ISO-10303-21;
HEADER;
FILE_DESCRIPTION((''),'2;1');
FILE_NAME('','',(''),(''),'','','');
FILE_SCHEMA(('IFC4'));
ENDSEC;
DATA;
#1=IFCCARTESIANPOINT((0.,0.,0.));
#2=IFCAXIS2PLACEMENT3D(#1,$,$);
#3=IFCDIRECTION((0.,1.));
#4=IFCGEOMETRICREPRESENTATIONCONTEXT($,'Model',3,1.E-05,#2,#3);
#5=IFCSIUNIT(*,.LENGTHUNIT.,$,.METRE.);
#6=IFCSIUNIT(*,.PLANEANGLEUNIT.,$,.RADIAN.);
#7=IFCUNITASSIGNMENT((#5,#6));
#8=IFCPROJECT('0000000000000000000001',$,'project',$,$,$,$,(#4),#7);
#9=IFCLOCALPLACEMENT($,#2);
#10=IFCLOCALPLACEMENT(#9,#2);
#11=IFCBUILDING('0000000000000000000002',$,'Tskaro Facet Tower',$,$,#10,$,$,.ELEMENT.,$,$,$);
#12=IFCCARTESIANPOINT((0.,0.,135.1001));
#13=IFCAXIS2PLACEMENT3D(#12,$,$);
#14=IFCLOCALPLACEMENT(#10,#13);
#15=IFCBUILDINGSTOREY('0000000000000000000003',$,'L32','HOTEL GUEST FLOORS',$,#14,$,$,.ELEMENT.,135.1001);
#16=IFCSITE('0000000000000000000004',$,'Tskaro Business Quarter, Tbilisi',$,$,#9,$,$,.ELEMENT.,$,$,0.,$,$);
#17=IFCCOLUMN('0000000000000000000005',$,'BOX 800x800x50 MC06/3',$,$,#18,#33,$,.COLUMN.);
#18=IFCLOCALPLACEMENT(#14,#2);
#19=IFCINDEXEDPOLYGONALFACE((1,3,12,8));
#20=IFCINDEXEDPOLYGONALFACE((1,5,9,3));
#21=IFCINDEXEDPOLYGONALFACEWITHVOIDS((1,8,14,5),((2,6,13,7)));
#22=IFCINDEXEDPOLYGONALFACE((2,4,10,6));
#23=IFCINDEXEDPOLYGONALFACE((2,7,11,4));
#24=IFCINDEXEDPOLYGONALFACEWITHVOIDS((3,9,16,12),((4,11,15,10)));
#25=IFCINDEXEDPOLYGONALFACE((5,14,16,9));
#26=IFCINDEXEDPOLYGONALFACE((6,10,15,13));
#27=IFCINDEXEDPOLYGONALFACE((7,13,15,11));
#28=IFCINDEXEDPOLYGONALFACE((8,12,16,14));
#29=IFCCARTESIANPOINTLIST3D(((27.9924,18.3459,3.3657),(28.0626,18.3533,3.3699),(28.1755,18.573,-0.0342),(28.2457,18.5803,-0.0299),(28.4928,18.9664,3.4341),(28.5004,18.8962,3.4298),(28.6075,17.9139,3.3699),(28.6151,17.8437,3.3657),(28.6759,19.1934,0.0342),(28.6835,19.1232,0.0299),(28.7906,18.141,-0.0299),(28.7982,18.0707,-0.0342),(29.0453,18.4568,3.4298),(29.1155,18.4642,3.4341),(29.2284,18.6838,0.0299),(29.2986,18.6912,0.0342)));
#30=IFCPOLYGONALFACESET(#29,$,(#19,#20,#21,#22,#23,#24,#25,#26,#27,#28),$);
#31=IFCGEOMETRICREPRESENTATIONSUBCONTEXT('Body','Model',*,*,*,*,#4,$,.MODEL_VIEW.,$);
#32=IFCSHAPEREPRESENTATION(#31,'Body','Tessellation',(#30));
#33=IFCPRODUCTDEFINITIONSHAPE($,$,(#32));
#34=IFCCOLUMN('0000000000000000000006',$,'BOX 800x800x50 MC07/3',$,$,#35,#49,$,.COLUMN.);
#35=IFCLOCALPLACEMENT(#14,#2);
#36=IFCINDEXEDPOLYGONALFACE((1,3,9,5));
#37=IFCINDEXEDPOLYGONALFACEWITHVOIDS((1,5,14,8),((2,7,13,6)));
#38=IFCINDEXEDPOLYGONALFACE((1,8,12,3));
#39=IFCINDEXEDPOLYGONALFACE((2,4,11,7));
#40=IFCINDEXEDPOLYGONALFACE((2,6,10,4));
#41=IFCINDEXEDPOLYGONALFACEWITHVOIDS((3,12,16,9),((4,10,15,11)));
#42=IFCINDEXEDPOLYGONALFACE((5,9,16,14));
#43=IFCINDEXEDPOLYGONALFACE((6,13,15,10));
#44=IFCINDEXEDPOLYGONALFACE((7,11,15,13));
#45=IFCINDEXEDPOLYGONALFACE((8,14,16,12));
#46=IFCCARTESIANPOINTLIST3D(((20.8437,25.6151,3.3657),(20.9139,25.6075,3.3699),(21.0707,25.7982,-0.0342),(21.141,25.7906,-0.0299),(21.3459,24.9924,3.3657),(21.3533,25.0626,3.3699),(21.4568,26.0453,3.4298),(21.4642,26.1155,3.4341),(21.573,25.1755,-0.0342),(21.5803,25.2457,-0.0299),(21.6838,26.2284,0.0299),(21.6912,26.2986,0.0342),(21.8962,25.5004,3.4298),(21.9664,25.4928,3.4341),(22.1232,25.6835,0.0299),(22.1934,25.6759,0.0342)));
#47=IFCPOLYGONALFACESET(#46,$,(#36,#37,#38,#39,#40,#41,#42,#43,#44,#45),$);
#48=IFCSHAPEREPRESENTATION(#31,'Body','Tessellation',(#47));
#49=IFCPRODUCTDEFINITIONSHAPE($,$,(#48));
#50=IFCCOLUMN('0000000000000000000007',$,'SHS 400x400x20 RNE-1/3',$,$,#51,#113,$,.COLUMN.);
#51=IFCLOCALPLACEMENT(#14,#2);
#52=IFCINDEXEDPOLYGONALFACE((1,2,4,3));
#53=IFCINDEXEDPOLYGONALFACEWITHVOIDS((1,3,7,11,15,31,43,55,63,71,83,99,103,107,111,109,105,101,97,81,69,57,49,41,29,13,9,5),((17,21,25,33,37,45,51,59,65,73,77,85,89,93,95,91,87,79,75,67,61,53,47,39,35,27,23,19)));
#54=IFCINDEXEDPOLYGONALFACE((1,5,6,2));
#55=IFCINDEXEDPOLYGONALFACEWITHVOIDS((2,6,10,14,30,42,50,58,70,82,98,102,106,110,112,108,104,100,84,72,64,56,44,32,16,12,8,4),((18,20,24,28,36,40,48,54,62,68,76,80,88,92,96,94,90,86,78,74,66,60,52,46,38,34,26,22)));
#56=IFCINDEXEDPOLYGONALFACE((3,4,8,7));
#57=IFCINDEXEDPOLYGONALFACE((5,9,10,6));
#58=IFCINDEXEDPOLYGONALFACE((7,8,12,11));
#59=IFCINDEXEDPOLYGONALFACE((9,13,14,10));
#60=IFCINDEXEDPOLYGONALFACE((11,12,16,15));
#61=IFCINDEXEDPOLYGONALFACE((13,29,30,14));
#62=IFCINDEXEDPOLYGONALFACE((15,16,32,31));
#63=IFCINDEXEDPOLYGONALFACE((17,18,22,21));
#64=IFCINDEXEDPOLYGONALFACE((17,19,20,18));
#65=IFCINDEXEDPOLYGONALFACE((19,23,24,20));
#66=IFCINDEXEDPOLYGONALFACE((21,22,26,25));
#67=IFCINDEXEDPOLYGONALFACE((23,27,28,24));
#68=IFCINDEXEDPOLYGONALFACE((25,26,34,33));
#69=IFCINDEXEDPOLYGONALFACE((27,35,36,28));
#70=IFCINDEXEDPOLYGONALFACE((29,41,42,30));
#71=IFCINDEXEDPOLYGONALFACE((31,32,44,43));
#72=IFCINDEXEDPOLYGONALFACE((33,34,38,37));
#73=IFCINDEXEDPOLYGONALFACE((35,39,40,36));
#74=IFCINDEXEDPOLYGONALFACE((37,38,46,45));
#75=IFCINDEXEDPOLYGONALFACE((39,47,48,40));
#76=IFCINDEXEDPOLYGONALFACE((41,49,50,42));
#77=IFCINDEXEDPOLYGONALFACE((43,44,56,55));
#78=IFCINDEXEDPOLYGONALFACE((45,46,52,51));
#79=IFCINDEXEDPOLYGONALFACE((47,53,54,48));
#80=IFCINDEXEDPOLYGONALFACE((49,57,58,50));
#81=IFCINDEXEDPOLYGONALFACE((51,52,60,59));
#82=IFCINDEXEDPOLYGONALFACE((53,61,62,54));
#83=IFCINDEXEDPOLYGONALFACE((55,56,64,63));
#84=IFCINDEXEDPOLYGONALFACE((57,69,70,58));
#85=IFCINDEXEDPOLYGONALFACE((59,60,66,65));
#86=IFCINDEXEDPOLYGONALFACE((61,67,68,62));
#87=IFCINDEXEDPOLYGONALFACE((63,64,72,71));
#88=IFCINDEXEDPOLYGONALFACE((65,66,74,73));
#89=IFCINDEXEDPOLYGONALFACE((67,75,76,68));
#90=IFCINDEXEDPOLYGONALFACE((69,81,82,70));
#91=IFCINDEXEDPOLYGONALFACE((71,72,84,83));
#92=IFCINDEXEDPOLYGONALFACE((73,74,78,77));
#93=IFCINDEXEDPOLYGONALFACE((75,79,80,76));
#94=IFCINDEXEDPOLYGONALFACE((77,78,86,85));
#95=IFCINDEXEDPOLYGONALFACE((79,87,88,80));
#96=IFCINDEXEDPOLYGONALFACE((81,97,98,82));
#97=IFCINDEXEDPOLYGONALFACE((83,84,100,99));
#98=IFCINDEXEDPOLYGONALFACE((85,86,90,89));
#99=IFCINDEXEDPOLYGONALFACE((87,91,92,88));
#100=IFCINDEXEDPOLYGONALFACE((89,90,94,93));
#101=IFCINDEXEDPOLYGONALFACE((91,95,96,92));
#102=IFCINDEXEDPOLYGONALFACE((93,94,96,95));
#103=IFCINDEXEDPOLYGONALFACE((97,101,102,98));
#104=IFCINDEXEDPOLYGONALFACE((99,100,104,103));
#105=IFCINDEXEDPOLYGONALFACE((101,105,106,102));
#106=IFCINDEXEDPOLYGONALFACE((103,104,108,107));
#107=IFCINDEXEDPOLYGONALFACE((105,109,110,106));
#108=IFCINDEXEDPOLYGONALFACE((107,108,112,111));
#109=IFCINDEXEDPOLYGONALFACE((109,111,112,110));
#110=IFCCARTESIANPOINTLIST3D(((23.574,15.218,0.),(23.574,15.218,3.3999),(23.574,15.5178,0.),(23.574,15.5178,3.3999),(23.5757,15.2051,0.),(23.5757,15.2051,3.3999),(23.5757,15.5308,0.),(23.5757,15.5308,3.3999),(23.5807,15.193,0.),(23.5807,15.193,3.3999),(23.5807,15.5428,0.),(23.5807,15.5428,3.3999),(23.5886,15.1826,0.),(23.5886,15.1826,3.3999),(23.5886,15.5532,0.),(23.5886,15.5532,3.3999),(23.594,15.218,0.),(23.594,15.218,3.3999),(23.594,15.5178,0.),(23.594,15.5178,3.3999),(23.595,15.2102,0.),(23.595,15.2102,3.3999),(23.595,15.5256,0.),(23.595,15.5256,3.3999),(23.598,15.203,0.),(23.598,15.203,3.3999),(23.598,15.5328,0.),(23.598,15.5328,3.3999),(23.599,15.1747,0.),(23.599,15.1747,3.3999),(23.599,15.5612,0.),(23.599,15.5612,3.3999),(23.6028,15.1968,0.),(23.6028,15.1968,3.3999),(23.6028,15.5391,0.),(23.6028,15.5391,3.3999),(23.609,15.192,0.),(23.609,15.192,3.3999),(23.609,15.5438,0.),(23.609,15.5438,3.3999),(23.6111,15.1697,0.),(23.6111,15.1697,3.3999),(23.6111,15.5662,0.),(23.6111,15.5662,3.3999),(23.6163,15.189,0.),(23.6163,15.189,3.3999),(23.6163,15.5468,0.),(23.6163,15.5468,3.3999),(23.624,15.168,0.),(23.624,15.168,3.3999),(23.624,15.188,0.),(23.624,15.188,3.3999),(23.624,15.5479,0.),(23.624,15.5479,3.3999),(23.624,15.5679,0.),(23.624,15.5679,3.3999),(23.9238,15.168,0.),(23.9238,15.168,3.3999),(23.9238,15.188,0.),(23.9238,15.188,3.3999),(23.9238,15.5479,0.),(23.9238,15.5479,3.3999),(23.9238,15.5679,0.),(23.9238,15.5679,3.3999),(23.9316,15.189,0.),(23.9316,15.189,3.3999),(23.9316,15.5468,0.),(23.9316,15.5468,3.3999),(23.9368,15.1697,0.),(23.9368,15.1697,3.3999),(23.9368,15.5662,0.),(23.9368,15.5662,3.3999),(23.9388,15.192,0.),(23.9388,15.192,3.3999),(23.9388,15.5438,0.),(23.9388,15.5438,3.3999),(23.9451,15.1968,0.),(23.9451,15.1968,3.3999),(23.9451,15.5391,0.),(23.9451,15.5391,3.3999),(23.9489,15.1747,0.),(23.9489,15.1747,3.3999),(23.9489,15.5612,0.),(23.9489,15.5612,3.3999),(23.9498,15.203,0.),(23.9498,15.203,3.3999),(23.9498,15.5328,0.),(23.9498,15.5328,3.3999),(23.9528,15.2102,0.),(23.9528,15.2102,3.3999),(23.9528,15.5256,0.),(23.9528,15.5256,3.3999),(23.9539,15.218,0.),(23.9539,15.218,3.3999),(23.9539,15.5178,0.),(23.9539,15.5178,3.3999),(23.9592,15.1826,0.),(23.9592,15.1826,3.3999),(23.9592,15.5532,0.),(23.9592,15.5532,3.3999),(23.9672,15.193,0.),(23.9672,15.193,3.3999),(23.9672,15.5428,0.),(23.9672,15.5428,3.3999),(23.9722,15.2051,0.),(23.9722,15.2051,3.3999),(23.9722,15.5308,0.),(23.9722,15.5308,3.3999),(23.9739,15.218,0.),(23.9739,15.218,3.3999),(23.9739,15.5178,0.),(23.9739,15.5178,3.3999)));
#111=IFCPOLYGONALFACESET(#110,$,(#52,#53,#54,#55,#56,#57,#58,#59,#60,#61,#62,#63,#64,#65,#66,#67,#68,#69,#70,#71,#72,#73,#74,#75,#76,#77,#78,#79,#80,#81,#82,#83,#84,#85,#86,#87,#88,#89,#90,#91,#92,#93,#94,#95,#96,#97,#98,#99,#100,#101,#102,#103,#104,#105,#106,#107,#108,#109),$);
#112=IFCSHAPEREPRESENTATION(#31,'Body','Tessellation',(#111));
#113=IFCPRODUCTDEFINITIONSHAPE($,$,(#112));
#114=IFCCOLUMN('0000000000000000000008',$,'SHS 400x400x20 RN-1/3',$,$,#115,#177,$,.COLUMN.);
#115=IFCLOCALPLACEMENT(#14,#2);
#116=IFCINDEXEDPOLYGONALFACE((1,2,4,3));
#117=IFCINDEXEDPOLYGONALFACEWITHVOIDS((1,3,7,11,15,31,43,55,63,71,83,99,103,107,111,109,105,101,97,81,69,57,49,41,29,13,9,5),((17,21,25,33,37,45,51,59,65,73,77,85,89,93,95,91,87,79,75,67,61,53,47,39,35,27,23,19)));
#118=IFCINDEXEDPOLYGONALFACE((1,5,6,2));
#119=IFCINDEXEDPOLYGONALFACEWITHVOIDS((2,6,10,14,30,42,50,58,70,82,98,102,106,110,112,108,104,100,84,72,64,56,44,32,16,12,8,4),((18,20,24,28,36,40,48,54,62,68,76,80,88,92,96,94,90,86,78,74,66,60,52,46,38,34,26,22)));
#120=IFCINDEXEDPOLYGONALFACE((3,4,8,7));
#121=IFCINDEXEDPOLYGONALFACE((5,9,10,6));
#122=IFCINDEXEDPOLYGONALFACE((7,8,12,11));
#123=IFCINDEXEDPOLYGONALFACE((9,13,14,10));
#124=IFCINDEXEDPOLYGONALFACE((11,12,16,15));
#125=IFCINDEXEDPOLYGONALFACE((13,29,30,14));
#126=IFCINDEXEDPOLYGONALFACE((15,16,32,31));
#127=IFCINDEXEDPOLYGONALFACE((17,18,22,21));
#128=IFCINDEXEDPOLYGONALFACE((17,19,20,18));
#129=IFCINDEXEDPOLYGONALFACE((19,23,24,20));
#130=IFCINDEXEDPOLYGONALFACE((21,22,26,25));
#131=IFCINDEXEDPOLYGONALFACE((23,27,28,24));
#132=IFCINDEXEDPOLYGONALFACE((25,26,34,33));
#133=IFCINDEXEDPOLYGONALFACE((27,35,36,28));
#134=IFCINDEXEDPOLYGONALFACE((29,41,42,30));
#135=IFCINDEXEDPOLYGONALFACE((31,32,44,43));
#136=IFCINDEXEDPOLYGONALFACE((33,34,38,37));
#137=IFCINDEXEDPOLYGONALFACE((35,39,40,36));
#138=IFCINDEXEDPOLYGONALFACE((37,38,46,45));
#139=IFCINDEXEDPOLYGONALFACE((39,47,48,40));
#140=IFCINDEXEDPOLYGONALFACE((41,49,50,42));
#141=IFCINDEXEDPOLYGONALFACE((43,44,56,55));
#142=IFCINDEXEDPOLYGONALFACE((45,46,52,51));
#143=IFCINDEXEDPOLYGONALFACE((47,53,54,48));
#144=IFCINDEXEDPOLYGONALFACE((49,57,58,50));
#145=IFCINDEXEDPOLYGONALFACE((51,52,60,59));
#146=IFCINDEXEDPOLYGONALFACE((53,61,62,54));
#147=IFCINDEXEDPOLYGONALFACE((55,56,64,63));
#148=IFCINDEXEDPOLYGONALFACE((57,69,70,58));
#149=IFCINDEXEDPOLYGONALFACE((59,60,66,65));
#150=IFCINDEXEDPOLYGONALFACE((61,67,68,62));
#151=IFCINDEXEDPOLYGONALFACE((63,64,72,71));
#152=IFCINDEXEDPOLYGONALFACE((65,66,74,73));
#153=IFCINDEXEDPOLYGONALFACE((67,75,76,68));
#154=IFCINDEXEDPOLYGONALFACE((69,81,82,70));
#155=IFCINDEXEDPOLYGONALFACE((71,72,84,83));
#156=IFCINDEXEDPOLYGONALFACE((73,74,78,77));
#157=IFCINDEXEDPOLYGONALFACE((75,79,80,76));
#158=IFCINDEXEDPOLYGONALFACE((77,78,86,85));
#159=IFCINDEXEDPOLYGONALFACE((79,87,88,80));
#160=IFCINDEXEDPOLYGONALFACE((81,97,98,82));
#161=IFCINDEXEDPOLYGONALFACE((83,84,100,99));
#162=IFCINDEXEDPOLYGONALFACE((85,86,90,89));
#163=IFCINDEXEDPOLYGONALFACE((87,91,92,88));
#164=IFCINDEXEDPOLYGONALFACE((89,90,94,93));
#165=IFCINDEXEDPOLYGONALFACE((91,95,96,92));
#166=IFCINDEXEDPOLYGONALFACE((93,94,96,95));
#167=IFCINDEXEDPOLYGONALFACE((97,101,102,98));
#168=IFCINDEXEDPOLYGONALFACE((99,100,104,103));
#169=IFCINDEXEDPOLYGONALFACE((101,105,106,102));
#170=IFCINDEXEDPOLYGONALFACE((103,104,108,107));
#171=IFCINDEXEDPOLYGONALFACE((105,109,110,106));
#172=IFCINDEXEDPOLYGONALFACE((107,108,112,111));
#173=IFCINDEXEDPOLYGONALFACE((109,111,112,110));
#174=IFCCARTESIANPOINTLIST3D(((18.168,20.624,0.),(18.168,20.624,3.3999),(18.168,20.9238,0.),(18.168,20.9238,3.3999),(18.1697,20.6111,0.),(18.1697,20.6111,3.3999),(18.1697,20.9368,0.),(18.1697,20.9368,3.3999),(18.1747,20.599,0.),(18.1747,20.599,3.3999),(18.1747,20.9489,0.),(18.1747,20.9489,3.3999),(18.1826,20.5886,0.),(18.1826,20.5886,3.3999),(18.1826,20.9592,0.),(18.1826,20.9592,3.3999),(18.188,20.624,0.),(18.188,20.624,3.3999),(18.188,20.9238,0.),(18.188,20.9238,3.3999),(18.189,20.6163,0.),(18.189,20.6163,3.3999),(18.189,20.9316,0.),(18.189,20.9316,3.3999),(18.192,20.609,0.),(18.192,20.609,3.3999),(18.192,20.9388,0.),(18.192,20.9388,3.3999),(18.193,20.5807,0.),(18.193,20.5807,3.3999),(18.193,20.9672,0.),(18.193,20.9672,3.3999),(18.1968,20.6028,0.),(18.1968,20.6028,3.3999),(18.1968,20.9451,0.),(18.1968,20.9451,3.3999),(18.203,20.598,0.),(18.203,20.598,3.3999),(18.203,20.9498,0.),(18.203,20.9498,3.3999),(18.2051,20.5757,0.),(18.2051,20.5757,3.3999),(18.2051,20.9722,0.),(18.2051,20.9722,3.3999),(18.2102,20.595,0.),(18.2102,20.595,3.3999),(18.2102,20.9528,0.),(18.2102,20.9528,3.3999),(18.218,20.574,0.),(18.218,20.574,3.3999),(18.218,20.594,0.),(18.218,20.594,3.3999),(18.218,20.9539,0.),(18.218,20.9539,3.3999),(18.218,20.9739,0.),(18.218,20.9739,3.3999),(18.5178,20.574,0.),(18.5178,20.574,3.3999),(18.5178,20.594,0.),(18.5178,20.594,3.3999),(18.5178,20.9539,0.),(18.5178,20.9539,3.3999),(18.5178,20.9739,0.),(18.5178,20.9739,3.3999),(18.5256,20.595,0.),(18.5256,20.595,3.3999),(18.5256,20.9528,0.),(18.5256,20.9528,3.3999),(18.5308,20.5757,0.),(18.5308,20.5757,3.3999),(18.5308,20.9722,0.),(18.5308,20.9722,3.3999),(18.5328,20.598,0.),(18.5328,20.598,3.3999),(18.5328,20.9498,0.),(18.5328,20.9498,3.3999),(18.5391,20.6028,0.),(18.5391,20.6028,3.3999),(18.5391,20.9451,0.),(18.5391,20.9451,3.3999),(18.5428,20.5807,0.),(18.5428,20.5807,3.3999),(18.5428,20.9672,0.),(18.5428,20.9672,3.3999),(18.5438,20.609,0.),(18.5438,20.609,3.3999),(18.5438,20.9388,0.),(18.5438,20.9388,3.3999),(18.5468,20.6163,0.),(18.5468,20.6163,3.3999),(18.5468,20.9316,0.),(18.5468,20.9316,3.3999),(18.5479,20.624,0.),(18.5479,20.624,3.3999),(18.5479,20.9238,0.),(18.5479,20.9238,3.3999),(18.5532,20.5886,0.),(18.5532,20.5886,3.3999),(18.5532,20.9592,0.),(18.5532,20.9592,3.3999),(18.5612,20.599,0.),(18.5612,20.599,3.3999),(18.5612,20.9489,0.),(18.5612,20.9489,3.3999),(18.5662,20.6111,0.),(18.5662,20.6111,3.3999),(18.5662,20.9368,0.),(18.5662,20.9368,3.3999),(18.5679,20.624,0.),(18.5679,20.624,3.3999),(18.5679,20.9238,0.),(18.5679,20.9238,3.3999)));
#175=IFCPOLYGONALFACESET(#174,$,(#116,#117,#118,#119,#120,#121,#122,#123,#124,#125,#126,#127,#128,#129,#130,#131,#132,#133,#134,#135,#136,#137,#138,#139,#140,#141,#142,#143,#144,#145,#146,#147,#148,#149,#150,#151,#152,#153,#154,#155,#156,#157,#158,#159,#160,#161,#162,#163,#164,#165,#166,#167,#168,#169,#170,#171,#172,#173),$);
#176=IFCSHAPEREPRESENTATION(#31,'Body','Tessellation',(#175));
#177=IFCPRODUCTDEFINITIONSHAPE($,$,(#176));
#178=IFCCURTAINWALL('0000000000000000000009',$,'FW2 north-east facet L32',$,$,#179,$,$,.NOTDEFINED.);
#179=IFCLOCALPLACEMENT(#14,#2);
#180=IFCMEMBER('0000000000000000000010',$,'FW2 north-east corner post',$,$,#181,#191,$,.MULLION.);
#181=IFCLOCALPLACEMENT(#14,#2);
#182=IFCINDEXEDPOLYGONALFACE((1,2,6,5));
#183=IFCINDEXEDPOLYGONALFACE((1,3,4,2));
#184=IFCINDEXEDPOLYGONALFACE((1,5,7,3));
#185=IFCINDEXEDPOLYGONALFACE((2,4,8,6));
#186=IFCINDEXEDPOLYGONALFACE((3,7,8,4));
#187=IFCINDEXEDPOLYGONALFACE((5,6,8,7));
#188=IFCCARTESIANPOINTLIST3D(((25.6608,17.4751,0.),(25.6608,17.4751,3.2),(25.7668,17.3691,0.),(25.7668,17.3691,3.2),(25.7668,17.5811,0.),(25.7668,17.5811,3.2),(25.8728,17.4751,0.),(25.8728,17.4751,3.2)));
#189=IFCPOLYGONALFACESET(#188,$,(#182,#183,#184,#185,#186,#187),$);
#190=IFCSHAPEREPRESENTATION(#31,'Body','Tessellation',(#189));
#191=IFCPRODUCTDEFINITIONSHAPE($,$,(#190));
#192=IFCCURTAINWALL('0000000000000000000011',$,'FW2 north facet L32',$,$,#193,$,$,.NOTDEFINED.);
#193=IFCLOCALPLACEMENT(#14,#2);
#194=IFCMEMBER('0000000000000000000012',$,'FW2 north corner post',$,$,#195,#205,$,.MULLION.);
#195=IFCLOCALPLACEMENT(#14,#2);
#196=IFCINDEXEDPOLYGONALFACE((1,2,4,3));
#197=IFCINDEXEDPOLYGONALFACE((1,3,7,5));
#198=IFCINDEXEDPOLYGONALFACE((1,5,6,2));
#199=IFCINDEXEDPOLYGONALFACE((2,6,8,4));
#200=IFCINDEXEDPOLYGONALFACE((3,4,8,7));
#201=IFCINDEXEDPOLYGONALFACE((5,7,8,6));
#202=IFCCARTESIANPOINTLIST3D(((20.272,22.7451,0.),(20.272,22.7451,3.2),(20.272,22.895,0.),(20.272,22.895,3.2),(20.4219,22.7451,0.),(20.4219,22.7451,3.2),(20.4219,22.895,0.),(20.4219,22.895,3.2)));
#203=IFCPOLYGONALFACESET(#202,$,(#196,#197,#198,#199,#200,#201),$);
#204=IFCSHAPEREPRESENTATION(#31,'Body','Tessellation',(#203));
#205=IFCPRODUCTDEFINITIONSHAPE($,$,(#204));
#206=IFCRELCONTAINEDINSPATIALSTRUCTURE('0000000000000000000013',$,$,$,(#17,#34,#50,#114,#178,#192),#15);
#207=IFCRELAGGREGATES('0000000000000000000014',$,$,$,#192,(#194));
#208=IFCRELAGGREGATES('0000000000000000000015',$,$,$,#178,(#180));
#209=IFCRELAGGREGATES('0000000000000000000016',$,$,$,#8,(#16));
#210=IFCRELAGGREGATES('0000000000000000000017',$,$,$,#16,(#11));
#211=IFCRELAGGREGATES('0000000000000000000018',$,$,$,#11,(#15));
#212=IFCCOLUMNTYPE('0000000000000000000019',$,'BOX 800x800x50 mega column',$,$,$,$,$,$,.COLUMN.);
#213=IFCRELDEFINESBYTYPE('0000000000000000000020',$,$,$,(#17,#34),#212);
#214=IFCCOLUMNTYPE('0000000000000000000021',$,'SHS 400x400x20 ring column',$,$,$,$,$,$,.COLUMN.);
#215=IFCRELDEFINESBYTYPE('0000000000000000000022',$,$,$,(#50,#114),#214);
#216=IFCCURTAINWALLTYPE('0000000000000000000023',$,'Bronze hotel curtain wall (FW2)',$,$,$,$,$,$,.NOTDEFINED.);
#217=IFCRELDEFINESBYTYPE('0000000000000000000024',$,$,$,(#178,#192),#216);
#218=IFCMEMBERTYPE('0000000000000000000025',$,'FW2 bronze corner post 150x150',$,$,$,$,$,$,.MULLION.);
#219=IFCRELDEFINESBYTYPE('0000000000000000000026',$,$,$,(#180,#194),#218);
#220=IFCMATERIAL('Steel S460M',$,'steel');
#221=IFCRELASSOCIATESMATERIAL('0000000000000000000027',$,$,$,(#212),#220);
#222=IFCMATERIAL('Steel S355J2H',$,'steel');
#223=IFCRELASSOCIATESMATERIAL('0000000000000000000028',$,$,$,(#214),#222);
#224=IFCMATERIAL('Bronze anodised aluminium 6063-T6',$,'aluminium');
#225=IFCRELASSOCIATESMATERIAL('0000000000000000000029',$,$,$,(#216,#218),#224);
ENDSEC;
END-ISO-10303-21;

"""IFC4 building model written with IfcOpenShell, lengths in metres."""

from ifc_helpers import new_model, si_unit, direction, frame, origin, origin_2d, place, context, subcontext, project, spatial, rectangle, hollow_rectangle, extrude, material, material_profile, profile_set, type_object, element, aggregate, save


model = new_model("IFC4")

# Units and contexts
model_context = context("Model", 3, precision=1e-05, world=origin(), true_north=direction((0.0, 1.0)))
body_context = subcontext(model_context, "Body", "Model", "MODEL_VIEW")
ifc_project = project(units=[si_unit("LENGTHUNIT", "METRE"), si_unit("PLANEANGLEUNIT", "RADIAN")], contexts=[model_context])

# Site, building, storey
site_placement = place(None, origin())
site = spatial("IfcSite", under=ifc_project, at=site_placement, Name="Tskaro Business Quarter, Tbilisi", CompositionType="ELEMENT", RefElevation=0.0)
building_placement = place(site_placement, origin())
building = spatial("IfcBuilding", under=site, at=building_placement, Name="Tskaro Facet Tower", CompositionType="ELEMENT")
storey_placement = place(building_placement, frame((0.0, 0.0, 135.1001)))
storey = spatial("IfcBuildingStorey", under=building, at=storey_placement, Name="L32", Description="HOTEL GUEST FLOORS", CompositionType="ELEMENT", Elevation=135.1001)

# Columns
ifc_material_1 = material(Name="Steel S460M", Category="steel")
ifc_material_profile_1 = material_profile(ifc_material_1, hollow_rectangle(XDim=0.8, YDim=0.8, WallThickness=0.05, at=origin_2d()), Name="BOX 800x800x50")
ifc_profile_set_1 = profile_set([ifc_material_profile_1], Name="Steel S460M")
column_type_1 = type_object("IfcColumnType", Name="BOX 800x800x50 mega column", PredefinedType="COLUMN", material=ifc_profile_set_1)
for number, where, z_axis, x_axis, name in (
    (1, (28.7371, 18.6321, 0.0), (-0.053659, -0.066537, 0.99634), (0.778413, -0.627752, 0.0), "BOX 800x800x50 MC06/3"),
    (2, (21.6321, 25.7371, 0.0), (-0.066537, -0.053659, 0.99634), (0.627752, -0.778413, 0.0), "BOX 800x800x50 MC07/3"),
):
    element("IfcColumn", number, at=place(storey_placement, frame(where, z_axis=z_axis, x_axis=x_axis)), inside=storey, type_object=column_type_1, Name=name, PredefinedType="COLUMN", context=body_context, shape_type="SweptSolid", body=[
        extrude(hollow_rectangle(XDim=0.8, YDim=0.8, WallThickness=0.05, at=origin_2d()), origin(), (0.0, 0.0, 1.0), 3.4124),
    ])
ifc_material_2 = material(Name="Steel S355J2H", Category="steel")
ifc_material_profile_2 = material_profile(ifc_material_2, hollow_rectangle(XDim=0.3999, YDim=0.3999, WallThickness=0.02, InnerFilletRadius=0.03, OuterFilletRadius=0.05, at=origin_2d()), Name="SHS 400x400x20")
ifc_profile_set_2 = profile_set([ifc_material_profile_2], Name="Steel S355J2H")
column_type_2 = type_object("IfcColumnType", Name="SHS 400x400x20 ring column", PredefinedType="COLUMN", material=ifc_profile_set_2)
for number, where, z_axis, x_axis, name in (
    (3, (23.7739, 15.3679, 0.0), (0.0, 0.0, 1.0), (1.0, 0.0, 0.0), "SHS 400x400x20 RNE-1/3"),
    (4, (18.3679, 20.7739, 0.0), (0.0, 0.0, 1.0), (1.0, 0.0, 0.0), "SHS 400x400x20 RN-1/3"),
):
    element("IfcColumn", number, at=place(storey_placement, frame(where, z_axis=z_axis, x_axis=x_axis)), inside=storey, type_object=column_type_2, Name=name, PredefinedType="COLUMN", context=body_context, shape_type="SweptSolid", body=[
        extrude(hollow_rectangle(XDim=0.3999, YDim=0.3999, WallThickness=0.02, InnerFilletRadius=0.03, OuterFilletRadius=0.05, at=origin_2d()), origin(), (0.0, 0.0, 1.0), 3.3999),
    ])

# Curtain walls, members
ifc_material_3 = material(Name="Bronze anodised aluminium 6063-T6", Category="aluminium")
curtain_wall_type = type_object("IfcCurtainWallType", Name="Bronze hotel curtain wall (FW2)", PredefinedType="NOTDEFINED", material=ifc_material_3)
curtain_wall_1_placement = place(storey_placement, origin())
curtain_wall_1 = element("IfcCurtainWall", 5, at=curtain_wall_1_placement, inside=storey, type_object=curtain_wall_type, Name="FW2 north-east facet L32", PredefinedType="NOTDEFINED")
ifc_material_profile_3 = material_profile(ifc_material_3, rectangle(XDim=0.1499, YDim=0.1499, at=origin_2d()), Name="Corner post 150x150")
ifc_profile_set_3 = profile_set([ifc_material_profile_3], Name="Bronze anodised aluminium 6063-T6")
member_type_1 = type_object("IfcMemberType", Name="FW2 bronze corner post 150x150", PredefinedType="MULLION", material=ifc_profile_set_3)
member_1_placement = place(storey_placement, frame((25.7668, 17.4751, 0.0), z_axis=(0.0, 0.0, 1.0), x_axis=(-0.707107, 0.707107, 0.0)))
member_1 = element("IfcMember", 6, at=member_1_placement, type_object=member_type_1, Name="FW2 north-east corner post", PredefinedType="MULLION", context=body_context, shape_type="SweptSolid", body=[
    extrude(rectangle(XDim=0.1499, YDim=0.1499, at=origin_2d()), origin(), (0.0, 0.0, 1.0), 3.2),
])
curtain_wall_2_placement = place(storey_placement, origin())
curtain_wall_2 = element("IfcCurtainWall", 7, at=curtain_wall_2_placement, inside=storey, type_object=curtain_wall_type, Name="FW2 north facet L32", PredefinedType="NOTDEFINED")
member_2_placement = place(storey_placement, frame((20.3469, 22.8201, 0.0), z_axis=(0.0, 0.0, 1.0), x_axis=(-1.0, 0.0, 0.0)))
member_2 = element("IfcMember", 8, at=member_2_placement, type_object=member_type_1, Name="FW2 north corner post", PredefinedType="MULLION", context=body_context, shape_type="SweptSolid", body=[
    extrude(rectangle(XDim=0.1499, YDim=0.1499, at=origin_2d()), origin(), (0.0, 0.0, 1.0), 3.2),
])

aggregate(curtain_wall_2, [member_2])

aggregate(curtain_wall_1, [member_1])

save(model, "model.ifc")
